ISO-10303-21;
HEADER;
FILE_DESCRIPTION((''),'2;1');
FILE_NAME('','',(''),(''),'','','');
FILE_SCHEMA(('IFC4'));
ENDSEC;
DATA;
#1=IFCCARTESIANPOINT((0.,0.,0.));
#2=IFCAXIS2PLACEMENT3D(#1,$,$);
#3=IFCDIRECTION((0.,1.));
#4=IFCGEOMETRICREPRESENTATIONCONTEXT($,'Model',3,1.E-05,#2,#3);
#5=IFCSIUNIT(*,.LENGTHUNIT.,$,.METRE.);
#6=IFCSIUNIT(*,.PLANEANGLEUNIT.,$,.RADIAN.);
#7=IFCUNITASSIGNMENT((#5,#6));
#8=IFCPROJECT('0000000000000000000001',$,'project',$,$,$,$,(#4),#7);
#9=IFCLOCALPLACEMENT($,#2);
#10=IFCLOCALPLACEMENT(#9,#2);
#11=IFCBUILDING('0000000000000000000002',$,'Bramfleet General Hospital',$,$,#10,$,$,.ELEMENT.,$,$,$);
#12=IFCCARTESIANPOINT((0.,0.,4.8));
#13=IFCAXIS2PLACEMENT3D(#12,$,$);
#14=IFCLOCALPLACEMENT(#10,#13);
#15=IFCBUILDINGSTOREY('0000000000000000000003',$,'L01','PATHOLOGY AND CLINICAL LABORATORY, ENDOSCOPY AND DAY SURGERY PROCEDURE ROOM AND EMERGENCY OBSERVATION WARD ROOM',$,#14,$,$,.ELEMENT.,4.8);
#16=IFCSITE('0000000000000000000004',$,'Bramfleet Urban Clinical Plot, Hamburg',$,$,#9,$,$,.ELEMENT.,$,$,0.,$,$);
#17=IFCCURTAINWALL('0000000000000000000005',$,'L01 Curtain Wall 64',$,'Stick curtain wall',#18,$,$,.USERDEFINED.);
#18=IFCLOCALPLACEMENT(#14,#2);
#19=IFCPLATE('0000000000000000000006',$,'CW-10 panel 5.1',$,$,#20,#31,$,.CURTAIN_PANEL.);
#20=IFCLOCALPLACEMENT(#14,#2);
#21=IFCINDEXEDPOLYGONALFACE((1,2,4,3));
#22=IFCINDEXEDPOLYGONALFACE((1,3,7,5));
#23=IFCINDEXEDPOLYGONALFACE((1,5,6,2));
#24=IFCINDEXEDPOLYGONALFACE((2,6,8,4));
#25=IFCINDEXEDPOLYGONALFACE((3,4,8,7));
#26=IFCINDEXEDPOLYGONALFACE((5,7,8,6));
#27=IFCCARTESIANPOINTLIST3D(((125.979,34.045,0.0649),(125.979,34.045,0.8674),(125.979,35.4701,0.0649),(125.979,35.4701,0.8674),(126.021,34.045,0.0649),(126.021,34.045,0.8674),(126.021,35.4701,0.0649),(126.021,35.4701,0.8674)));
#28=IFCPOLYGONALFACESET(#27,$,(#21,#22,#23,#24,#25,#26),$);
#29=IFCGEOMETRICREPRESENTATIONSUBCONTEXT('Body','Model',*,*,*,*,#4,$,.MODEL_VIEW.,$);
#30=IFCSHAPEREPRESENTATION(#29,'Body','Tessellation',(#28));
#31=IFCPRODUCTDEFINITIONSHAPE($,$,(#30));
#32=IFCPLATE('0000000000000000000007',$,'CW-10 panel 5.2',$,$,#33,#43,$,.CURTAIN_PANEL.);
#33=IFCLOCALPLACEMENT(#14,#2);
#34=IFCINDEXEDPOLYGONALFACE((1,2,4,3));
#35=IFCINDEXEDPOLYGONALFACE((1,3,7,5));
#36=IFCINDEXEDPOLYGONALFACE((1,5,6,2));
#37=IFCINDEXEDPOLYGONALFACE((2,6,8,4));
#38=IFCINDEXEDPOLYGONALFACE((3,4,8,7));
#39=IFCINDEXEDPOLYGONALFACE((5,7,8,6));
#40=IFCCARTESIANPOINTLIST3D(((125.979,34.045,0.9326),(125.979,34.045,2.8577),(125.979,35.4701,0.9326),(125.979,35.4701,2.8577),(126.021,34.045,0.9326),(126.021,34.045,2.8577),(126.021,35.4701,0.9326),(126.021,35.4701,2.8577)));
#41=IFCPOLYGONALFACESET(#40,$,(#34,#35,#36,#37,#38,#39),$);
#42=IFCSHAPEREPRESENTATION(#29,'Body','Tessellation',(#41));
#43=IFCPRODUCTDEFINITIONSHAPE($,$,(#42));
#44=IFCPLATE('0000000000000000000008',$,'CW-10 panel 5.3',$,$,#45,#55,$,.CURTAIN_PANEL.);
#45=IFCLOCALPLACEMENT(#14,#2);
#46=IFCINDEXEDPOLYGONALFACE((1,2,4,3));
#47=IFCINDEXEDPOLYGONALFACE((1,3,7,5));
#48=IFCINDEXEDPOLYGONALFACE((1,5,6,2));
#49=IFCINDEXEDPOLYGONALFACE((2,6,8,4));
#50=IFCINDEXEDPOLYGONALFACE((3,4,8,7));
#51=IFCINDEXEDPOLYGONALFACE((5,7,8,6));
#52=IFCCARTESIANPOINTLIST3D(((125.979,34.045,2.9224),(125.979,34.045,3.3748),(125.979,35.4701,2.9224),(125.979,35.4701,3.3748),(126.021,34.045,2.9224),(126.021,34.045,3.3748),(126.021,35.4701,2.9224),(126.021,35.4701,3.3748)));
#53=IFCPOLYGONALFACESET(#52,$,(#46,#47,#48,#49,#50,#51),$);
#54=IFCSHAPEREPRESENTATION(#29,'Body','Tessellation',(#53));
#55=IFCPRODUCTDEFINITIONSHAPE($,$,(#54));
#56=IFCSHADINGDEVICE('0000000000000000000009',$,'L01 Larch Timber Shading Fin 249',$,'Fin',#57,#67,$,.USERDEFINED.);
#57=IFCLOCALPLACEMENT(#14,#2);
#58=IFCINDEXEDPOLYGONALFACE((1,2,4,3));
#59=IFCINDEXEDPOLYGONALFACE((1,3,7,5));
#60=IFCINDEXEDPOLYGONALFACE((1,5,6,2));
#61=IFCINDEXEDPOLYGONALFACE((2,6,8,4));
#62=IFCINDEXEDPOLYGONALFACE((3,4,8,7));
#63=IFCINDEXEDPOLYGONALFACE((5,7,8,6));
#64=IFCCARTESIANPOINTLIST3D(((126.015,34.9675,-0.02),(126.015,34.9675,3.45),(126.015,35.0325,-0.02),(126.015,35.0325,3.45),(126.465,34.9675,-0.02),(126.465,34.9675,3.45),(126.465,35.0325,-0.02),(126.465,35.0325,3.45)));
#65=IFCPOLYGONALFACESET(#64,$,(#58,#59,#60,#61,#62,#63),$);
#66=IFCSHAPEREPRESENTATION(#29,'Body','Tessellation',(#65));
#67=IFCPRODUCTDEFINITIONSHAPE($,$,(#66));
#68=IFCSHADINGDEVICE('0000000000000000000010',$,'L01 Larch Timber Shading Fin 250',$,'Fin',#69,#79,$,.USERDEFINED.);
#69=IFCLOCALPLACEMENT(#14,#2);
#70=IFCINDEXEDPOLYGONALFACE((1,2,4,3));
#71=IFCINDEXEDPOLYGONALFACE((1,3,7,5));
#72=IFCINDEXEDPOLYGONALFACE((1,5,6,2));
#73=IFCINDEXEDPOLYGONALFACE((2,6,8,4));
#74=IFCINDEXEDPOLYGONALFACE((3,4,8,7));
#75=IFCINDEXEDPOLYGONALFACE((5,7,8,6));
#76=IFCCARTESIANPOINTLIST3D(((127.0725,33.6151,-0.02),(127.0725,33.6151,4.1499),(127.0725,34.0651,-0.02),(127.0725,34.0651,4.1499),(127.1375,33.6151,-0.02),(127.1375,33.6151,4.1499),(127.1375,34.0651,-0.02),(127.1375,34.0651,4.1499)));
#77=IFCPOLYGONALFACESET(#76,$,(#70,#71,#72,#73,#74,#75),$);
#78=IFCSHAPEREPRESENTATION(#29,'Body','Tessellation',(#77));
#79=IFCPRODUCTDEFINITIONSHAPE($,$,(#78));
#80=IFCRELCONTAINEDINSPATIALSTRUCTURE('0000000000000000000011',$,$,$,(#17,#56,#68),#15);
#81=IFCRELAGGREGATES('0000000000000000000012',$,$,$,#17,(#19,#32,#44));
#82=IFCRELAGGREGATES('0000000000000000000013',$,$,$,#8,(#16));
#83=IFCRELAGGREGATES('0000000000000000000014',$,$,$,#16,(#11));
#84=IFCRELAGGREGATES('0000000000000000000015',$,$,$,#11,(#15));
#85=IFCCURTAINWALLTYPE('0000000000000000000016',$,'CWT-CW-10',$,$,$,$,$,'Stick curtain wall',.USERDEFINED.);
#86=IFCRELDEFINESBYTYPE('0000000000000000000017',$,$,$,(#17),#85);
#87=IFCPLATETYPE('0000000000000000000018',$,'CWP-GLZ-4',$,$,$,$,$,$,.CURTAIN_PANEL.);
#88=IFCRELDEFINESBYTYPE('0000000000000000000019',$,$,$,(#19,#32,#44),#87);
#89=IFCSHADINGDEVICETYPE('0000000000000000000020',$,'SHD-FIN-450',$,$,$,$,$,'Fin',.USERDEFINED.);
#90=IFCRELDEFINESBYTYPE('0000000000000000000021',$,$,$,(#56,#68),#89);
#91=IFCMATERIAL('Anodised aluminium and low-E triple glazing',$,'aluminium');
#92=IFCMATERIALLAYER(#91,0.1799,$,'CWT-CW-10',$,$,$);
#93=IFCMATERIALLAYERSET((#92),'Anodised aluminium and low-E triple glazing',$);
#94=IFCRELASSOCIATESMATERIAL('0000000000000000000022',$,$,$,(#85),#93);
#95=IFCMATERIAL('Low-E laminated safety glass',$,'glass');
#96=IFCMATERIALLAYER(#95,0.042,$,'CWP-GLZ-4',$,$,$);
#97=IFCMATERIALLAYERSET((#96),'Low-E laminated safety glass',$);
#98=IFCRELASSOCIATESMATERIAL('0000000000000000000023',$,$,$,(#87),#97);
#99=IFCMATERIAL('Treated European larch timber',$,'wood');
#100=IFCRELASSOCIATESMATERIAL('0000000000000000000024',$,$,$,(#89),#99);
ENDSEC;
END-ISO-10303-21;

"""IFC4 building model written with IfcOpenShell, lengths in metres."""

from ifc_helpers import new_model, si_unit, direction, frame, origin, origin_2d, place, context, subcontext, project, spatial, rectangle, extrude, material, layer, layer_set, material_profile, profile_set, type_object, element, aggregate, save


model = new_model("IFC4")

# Units and contexts
model_context = context("Model", 3, precision=1e-05, world=origin(), true_north=direction((0.0, 1.0)))
body_context = subcontext(model_context, "Body", "Model", "MODEL_VIEW")
ifc_project = project(units=[si_unit("LENGTHUNIT", "METRE"), si_unit("PLANEANGLEUNIT", "RADIAN")], contexts=[model_context])

# Site, building, storey
site_placement = place(None, origin())
site = spatial("IfcSite", under=ifc_project, at=site_placement, Name="Bramfleet Urban Clinical Plot, Hamburg", CompositionType="ELEMENT", RefElevation=0.0)
building_placement = place(site_placement, origin())
building = spatial("IfcBuilding", under=site, at=building_placement, Name="Bramfleet General Hospital", CompositionType="ELEMENT")
storey_placement = place(building_placement, frame((0.0, 0.0, 4.8)))
storey = spatial("IfcBuildingStorey", under=building, at=storey_placement, Name="L01", Description="PATHOLOGY AND CLINICAL LABORATORY, ENDOSCOPY AND DAY SURGERY PROCEDURE ROOM AND EMERGENCY OBSERVATION WARD ROOM", CompositionType="ELEMENT", Elevation=4.8)

# Curtain wall
ifc_material_1 = material(Name="Anodised aluminium and low-E triple glazing", Category="aluminium")
ifc_layer_1 = layer(ifc_material_1, 0.1799, Name="CWT-CW-10")
ifc_layer_set_1 = layer_set([ifc_layer_1], Name="Anodised aluminium and low-E triple glazing")
curtain_wall_type_1 = type_object("IfcCurtainWallType", Name="CWT-CW-10", ElementType="Stick curtain wall", PredefinedType="USERDEFINED", material=ifc_layer_set_1)
curtain_wall_1_placement = place(storey_placement, origin())
curtain_wall_1 = element("IfcCurtainWall", 1, at=curtain_wall_1_placement, inside=storey, type_object=curtain_wall_type_1, Name="L01 Curtain Wall 64", ObjectType="Stick curtain wall", PredefinedType="USERDEFINED")

# Plates
ifc_material_2 = material(Name="Low-E laminated safety glass", Category="glass")
ifc_layer_2 = layer(ifc_material_2, 0.042, Name="CWP-GLZ-4")
ifc_layer_set_2 = layer_set([ifc_layer_2], Name="Low-E laminated safety glass")
plate_type_1 = type_object("IfcPlateType", Name="CWP-GLZ-4", PredefinedType="CURTAIN_PANEL", material=ifc_layer_set_2)
plate_1_placement = place(storey_placement, frame((126.0, 34.7576, 0.0649), z_axis=(0.0, 0.0, 1.0), x_axis=(0.0, -1.0, 0.0)))
plate_1 = element("IfcPlate", 2, at=plate_1_placement, type_object=plate_type_1, Name="CW-10 panel 5.1", PredefinedType="CURTAIN_PANEL", context=body_context, shape_type="SweptSolid", body=[
    extrude(rectangle(XDim=1.425, YDim=0.042, at=origin_2d()), origin(), (0.0, 0.0, 1.0), 0.8025),
])
plate_2_placement = place(storey_placement, frame((126.0, 34.7576, 0.9326), z_axis=(0.0, 0.0, 1.0), x_axis=(0.0, -1.0, 0.0)))
plate_2 = element("IfcPlate", 3, at=plate_2_placement, type_object=plate_type_1, Name="CW-10 panel 5.2", PredefinedType="CURTAIN_PANEL", context=body_context, shape_type="SweptSolid", body=[
    extrude(rectangle(XDim=1.425, YDim=0.042, at=origin_2d()), origin(), (0.0, 0.0, 1.0), 1.925),
])
plate_3_placement = place(storey_placement, frame((126.0, 34.7576, 2.9224), z_axis=(0.0, 0.0, 1.0), x_axis=(0.0, -1.0, 0.0)))
plate_3 = element("IfcPlate", 4, at=plate_3_placement, type_object=plate_type_1, Name="CW-10 panel 5.3", PredefinedType="CURTAIN_PANEL", context=body_context, shape_type="SweptSolid", body=[
    extrude(rectangle(XDim=1.425, YDim=0.042, at=origin_2d()), origin(), (0.0, 0.0, 1.0), 0.4524),
])
aggregate(curtain_wall_1, [plate_1, plate_2, plate_3])

# Shading devices
ifc_material_3 = material(Name="Treated European larch timber", Category="wood")
ifc_material_profile_1 = material_profile(ifc_material_3, rectangle(XDim=0.0649, YDim=0.45, at=origin_2d()), Name="LARCH FIN 450x65")
ifc_profile_set_1 = profile_set([ifc_material_profile_1], Name="Treated European larch timber")
shading_device_type = type_object("IfcShadingDeviceType", Name="SHD-FIN-450", ElementType="Fin", PredefinedType="USERDEFINED", material=ifc_profile_set_1)
shading_device_1_placement = place(storey_placement, frame((126.24, 35.0, -0.02), z_axis=(0.0, 0.0, 1.0), x_axis=(0.0, -1.0, 0.0)))
element("IfcShadingDevice", 5, at=shading_device_1_placement, inside=storey, type_object=shading_device_type, Name="L01 Larch Timber Shading Fin 249", ObjectType="Fin", PredefinedType="USERDEFINED", context=body_context, shape_type="SweptSolid", body=[
    extrude(rectangle(XDim=0.0649, YDim=0.45, at=origin_2d()), origin(), (0.0, 0.0, 1.0), 3.47),
])
shading_device_2_placement = place(storey_placement, frame((127.105, 33.8401, -0.02), z_axis=(0.0, 0.0, 1.0), x_axis=(1.0, 0.0, 0.0)))
element("IfcShadingDevice", 6, at=shading_device_2_placement, inside=storey, type_object=shading_device_type, Name="L01 Larch Timber Shading Fin 250", ObjectType="Fin", PredefinedType="USERDEFINED", context=body_context, shape_type="SweptSolid", body=[
    extrude(rectangle(XDim=0.0649, YDim=0.45, at=origin_2d()), origin(), (0.0, 0.0, 1.0), 4.1699),
])

save(model, "model.ifc")
